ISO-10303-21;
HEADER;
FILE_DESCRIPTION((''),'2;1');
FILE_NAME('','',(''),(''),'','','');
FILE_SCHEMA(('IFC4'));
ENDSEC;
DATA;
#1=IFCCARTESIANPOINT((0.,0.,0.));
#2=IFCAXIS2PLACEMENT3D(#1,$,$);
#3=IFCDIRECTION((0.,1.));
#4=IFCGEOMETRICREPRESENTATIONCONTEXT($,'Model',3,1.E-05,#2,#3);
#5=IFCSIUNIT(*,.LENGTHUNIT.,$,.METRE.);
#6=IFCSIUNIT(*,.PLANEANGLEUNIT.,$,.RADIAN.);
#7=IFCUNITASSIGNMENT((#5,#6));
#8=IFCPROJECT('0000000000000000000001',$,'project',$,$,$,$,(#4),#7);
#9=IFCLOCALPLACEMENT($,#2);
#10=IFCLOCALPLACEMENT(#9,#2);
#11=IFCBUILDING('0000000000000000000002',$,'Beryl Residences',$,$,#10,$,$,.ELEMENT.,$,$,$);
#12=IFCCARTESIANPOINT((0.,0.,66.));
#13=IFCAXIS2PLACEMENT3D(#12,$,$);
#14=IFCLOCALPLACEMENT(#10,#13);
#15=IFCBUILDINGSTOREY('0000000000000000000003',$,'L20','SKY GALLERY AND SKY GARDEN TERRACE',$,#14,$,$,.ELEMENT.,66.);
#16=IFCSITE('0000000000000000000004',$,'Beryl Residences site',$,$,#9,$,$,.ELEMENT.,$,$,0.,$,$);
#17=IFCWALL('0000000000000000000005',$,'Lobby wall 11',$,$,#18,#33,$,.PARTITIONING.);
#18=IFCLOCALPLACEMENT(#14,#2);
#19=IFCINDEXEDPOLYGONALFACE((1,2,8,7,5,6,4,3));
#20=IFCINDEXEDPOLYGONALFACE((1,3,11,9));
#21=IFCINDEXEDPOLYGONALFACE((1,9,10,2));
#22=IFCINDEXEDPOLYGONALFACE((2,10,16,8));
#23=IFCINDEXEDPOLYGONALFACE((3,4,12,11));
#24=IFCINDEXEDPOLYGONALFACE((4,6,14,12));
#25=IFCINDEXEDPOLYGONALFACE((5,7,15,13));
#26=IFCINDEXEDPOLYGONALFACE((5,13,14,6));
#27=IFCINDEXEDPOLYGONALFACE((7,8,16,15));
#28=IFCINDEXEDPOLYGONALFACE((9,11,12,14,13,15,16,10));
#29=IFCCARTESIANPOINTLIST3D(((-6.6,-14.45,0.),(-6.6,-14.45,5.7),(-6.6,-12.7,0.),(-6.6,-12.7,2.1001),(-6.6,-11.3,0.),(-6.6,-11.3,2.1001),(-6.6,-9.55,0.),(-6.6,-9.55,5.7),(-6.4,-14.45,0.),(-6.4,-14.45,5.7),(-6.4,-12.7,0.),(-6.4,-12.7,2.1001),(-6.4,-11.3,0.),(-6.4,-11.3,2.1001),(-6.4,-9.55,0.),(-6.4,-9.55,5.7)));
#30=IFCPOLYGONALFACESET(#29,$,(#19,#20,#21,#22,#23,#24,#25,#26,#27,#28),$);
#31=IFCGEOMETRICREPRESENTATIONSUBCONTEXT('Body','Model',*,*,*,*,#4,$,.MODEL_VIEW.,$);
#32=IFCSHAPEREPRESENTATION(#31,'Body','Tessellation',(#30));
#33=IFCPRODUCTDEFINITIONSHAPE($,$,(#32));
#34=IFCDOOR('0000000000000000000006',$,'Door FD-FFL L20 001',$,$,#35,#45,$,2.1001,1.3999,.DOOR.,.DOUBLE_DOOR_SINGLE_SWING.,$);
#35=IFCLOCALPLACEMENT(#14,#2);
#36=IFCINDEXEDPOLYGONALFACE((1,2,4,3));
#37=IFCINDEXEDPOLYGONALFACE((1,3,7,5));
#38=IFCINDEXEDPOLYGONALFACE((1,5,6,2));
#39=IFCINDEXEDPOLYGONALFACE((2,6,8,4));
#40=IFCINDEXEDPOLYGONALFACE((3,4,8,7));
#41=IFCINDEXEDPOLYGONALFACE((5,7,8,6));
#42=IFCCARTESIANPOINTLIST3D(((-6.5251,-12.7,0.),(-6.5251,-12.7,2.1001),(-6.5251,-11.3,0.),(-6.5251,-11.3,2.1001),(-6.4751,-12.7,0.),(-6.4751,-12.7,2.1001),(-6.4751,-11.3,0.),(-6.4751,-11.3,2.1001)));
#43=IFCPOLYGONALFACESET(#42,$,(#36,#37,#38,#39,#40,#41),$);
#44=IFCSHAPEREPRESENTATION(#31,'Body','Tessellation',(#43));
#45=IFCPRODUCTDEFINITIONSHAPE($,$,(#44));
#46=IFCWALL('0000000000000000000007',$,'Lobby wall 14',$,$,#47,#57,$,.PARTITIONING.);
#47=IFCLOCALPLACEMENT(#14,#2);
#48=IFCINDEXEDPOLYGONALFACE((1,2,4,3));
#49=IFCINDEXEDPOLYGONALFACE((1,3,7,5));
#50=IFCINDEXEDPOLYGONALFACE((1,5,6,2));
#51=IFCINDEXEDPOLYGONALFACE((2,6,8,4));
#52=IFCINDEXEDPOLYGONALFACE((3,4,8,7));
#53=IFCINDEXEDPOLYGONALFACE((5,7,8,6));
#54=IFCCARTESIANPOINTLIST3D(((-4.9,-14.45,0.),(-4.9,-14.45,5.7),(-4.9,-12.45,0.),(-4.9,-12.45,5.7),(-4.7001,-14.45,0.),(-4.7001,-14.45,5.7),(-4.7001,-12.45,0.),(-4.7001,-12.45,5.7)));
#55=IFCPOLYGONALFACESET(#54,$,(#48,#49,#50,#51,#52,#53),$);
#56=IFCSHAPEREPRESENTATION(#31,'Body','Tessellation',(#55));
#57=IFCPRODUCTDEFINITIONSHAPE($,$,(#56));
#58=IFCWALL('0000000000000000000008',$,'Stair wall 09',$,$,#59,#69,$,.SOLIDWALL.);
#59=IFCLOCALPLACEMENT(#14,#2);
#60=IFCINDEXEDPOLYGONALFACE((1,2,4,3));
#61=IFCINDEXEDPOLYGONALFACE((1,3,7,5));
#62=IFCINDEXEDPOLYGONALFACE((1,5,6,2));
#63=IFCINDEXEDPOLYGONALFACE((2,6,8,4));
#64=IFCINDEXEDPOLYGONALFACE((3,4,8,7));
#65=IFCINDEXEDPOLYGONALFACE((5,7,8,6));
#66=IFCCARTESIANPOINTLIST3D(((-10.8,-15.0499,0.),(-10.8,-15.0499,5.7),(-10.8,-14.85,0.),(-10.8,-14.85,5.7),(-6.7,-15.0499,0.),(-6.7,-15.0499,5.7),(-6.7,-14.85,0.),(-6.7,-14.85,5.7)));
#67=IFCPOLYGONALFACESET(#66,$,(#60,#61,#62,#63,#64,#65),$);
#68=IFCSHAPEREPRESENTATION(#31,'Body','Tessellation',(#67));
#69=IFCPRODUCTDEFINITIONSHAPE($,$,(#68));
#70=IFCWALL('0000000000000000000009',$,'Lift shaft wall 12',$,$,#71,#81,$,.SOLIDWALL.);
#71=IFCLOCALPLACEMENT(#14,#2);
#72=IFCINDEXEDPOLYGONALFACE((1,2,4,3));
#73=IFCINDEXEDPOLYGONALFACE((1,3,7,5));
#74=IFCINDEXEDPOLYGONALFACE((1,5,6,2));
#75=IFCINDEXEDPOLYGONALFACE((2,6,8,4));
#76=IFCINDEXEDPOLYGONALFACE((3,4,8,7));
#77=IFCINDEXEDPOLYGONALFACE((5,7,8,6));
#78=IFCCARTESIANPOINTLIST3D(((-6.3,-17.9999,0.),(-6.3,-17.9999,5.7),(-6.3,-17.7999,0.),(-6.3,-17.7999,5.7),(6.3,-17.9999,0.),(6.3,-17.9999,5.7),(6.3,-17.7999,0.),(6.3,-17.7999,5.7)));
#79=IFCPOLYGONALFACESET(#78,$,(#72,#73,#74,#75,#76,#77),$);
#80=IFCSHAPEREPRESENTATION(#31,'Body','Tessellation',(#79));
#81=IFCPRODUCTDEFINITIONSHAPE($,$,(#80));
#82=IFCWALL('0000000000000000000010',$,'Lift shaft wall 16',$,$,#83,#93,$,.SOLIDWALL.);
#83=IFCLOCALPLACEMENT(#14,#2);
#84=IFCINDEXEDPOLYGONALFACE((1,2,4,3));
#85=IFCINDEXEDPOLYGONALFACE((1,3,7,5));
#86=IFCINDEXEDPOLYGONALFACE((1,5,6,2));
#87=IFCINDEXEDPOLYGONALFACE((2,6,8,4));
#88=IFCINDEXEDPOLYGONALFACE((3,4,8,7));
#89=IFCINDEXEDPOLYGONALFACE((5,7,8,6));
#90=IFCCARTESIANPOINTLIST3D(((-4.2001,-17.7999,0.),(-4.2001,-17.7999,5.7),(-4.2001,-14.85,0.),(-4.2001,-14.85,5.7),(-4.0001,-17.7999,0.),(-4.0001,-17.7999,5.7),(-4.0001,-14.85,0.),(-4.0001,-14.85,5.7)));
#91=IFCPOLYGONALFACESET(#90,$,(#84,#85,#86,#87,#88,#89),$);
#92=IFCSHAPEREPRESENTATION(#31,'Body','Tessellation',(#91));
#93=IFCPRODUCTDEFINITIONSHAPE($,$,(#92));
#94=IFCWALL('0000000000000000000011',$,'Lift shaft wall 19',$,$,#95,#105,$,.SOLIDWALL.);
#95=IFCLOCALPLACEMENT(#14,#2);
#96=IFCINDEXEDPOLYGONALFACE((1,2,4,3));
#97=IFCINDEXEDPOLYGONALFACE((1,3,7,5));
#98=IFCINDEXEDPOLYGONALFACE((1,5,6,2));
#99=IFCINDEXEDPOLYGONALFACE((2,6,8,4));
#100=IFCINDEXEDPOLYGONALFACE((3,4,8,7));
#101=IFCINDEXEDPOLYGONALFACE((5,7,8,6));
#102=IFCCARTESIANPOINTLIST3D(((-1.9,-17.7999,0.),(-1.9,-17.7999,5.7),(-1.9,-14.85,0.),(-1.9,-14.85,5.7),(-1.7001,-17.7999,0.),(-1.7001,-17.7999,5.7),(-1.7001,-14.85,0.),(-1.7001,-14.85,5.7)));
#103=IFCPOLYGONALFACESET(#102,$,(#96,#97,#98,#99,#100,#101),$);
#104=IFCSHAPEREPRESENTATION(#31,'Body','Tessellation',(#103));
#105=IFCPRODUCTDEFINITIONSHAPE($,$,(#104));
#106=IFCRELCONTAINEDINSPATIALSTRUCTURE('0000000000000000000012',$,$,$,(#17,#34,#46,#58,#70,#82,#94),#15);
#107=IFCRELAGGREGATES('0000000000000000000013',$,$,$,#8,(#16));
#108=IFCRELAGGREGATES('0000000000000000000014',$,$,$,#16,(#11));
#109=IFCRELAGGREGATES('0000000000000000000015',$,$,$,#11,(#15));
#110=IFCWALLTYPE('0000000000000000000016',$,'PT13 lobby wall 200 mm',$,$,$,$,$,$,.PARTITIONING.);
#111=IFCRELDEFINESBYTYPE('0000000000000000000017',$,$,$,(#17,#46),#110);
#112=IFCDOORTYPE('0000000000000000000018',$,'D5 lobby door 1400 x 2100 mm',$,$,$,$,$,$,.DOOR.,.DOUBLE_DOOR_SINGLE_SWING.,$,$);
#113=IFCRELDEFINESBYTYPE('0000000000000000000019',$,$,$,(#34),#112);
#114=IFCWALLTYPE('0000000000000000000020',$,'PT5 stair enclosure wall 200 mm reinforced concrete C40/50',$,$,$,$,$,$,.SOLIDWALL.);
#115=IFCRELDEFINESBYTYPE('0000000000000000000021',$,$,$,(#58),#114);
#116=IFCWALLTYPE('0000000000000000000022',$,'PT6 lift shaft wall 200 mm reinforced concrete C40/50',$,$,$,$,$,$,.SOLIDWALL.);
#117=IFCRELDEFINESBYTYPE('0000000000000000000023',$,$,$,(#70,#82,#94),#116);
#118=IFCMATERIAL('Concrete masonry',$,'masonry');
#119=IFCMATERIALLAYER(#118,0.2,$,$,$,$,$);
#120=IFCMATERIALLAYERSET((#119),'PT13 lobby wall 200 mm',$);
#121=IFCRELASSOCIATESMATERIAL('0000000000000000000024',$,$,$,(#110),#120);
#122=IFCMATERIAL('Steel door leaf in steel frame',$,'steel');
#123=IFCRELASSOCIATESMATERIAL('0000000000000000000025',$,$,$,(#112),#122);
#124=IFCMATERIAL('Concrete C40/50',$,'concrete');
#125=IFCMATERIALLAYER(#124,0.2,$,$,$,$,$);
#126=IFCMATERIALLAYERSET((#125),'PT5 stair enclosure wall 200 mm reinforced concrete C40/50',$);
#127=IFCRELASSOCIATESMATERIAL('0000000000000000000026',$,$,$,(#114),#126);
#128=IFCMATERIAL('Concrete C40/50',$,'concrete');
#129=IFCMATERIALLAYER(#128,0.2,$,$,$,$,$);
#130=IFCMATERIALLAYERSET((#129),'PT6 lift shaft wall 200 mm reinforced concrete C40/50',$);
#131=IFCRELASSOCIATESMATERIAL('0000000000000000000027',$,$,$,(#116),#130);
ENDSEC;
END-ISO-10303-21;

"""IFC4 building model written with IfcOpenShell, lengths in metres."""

from ifc_helpers import new_model, si_unit, direction, frame, frame_2d, origin, place, context, subcontext, project, spatial, rectangle, extrude, material, layer, layer_set, type_object, element, fill, save


model = new_model("IFC4")

# Units and contexts
model_context = context("Model", 3, precision=1e-05, world=origin(), true_north=direction((0.0, 1.0)))
body_context = subcontext(model_context, "Body", "Model", "MODEL_VIEW")
ifc_project = project(units=[si_unit("LENGTHUNIT", "METRE"), si_unit("PLANEANGLEUNIT", "RADIAN")], contexts=[model_context])

# Site, building, storey
site_placement = place(None, origin())
site = spatial("IfcSite", under=ifc_project, at=site_placement, Name="Beryl Residences site", CompositionType="ELEMENT", RefElevation=0.0)
building_placement = place(site_placement, origin())
building = spatial("IfcBuilding", under=site, at=building_placement, Name="Beryl Residences", CompositionType="ELEMENT")
storey_placement = place(building_placement, frame((0.0, 0.0, 66.0)))
storey = spatial("IfcBuildingStorey", under=building, at=storey_placement, Name="L20", Description="SKY GALLERY AND SKY GARDEN TERRACE", CompositionType="ELEMENT", Elevation=66.0)

# Wall, opening, door
ifc_material_1 = material(Name="Concrete masonry", Category="masonry")
ifc_layer_1 = layer(ifc_material_1, 0.2)
ifc_layer_set_1 = layer_set([ifc_layer_1], Name="PT13 lobby wall 200 mm")
wall_type_1 = type_object("IfcWallType", Name="PT13 lobby wall 200 mm", PredefinedType="PARTITIONING", material=ifc_layer_set_1)
wall_1_placement = place(storey_placement, frame((-6.5, -14.45, 0.0), z_axis=(0.0, 0.0, 1.0), x_axis=(0.0, 1.0, 0.0)))
wall_1 = element("IfcWall", 1, at=wall_1_placement, inside=storey, type_object=wall_type_1, Name="Lobby wall 11", PredefinedType="PARTITIONING", context=body_context, shape_type="SweptSolid", body=[
    extrude(rectangle(XDim=4.8999, YDim=0.2, at=frame_2d((2.45, 0.0))), origin(), (0.0, 0.0, 1.0), 5.7),
])
opening_1_placement = place(wall_1_placement, frame((3.1499, 0.0, 0.0), z_axis=(0.0, 0.0, 1.0), x_axis=(-1.0, 0.0, 0.0)))
opening_1 = element("IfcOpeningElement", 2, at=opening_1_placement, cuts=wall_1, PredefinedType="OPENING", context=body_context, shape_type="SweptSolid", body=[
    extrude(rectangle(XDim=1.3999, YDim=2.1001, at=frame_2d((0.7, 1.05))), frame((0.0, 0.1099, 0.0), z_axis=(0.0, -1.0, 0.0), x_axis=(1.0, 0.0, 0.0)), (0.0, 0.0, 1.0), 0.22),
])
ifc_material_2 = material(Name="Steel door leaf in steel frame", Category="steel")
door_type_1 = type_object("IfcDoorType", Name="D5 lobby door 1400 x 2100 mm", OperationType="DOUBLE_DOOR_SINGLE_SWING", PredefinedType="DOOR", material=ifc_material_2)
door_1_placement = place(opening_1_placement, origin())
door_1 = element("IfcDoor", 3, at=door_1_placement, inside=storey, type_object=door_type_1, Name="Door FD-FFL L20 001", OperationType="DOUBLE_DOOR_SINGLE_SWING", OverallHeight=2.1001, OverallWidth=1.3999, PredefinedType="DOOR", context=body_context, shape_type="SweptSolid", body=[
    extrude(rectangle(XDim=1.3999, YDim=2.1001, at=frame_2d((0.7, 1.05))), frame((0.0, 0.0249, 0.0), z_axis=(0.0, -1.0, 0.0), x_axis=(1.0, 0.0, 0.0)), (0.0, 0.0, 1.0), 0.05),
])
fill(opening_1, door_1)

# Walls
wall_2_placement = place(storey_placement, frame((-4.8, -14.45, 0.0), z_axis=(0.0, 0.0, 1.0), x_axis=(0.0, 1.0, 0.0)))
element("IfcWall", 4, at=wall_2_placement, inside=storey, type_object=wall_type_1, Name="Lobby wall 14", PredefinedType="PARTITIONING", context=body_context, shape_type="SweptSolid", body=[
    extrude(rectangle(XDim=2.0, YDim=0.2, at=frame_2d((1.0, 0.0))), origin(), (0.0, 0.0, 1.0), 5.7),
])
ifc_material_3 = material(Name="Concrete C40/50", Category="concrete")
ifc_layer_2 = layer(ifc_material_3, 0.2)
ifc_layer_set_2 = layer_set([ifc_layer_2], Name="PT5 stair enclosure wall 200 mm reinforced concrete C40/50")
wall_type_2 = type_object("IfcWallType", Name="PT5 stair enclosure wall 200 mm reinforced concrete C40/50", PredefinedType="SOLIDWALL", material=ifc_layer_set_2)
wall_3_placement = place(storey_placement, frame((-10.8, -14.95, 0.0), z_axis=(0.0, 0.0, 1.0), x_axis=(1.0, 0.0, 0.0)))
element("IfcWall", 5, at=wall_3_placement, inside=storey, type_object=wall_type_2, Name="Stair wall 09", PredefinedType="SOLIDWALL", context=body_context, shape_type="SweptSolid", body=[
    extrude(rectangle(XDim=4.1001, YDim=0.2, at=frame_2d((2.05, 0.0))), origin(), (0.0, 0.0, 1.0), 5.7),
])
ifc_material_4 = material(Name="Concrete C40/50", Category="concrete")
ifc_layer_3 = layer(ifc_material_4, 0.2)
ifc_layer_set_3 = layer_set([ifc_layer_3], Name="PT6 lift shaft wall 200 mm reinforced concrete C40/50")
wall_type_3 = type_object("IfcWallType", Name="PT6 lift shaft wall 200 mm reinforced concrete C40/50", PredefinedType="SOLIDWALL", material=ifc_layer_set_3)
wall_4_placement = place(storey_placement, frame((-6.3, -17.8999, 0.0), z_axis=(0.0, 0.0, 1.0), x_axis=(1.0, 0.0, 0.0)))
element("IfcWall", 6, at=wall_4_placement, inside=storey, type_object=wall_type_3, Name="Lift shaft wall 12", PredefinedType="SOLIDWALL", context=body_context, shape_type="SweptSolid", body=[
    extrude(rectangle(XDim=12.6001, YDim=0.2, at=frame_2d((6.3, 0.0))), origin(), (0.0, 0.0, 1.0), 5.7),
])
for number, where, z_axis, x_axis, name in (
    (7, (-4.1001, -17.8, 0.0), (0.0, 0.0, 1.0), (0.0, 1.0, 0.0), "Lift shaft wall 16"),
    (8, (-1.8, -17.8, 0.0), (0.0, 0.0, 1.0), (0.0, 1.0, 0.0), "Lift shaft wall 19"),
):
    element("IfcWall", number, at=place(storey_placement, frame(where, z_axis=z_axis, x_axis=x_axis)), inside=storey, type_object=wall_type_3, Name=name, PredefinedType="SOLIDWALL", context=body_context, shape_type="SweptSolid", body=[
        extrude(rectangle(XDim=2.95, YDim=0.2, at=frame_2d((1.4751, 0.0))), origin(), (0.0, 0.0, 1.0), 5.7),
    ])

save(model, "model.ifc")
